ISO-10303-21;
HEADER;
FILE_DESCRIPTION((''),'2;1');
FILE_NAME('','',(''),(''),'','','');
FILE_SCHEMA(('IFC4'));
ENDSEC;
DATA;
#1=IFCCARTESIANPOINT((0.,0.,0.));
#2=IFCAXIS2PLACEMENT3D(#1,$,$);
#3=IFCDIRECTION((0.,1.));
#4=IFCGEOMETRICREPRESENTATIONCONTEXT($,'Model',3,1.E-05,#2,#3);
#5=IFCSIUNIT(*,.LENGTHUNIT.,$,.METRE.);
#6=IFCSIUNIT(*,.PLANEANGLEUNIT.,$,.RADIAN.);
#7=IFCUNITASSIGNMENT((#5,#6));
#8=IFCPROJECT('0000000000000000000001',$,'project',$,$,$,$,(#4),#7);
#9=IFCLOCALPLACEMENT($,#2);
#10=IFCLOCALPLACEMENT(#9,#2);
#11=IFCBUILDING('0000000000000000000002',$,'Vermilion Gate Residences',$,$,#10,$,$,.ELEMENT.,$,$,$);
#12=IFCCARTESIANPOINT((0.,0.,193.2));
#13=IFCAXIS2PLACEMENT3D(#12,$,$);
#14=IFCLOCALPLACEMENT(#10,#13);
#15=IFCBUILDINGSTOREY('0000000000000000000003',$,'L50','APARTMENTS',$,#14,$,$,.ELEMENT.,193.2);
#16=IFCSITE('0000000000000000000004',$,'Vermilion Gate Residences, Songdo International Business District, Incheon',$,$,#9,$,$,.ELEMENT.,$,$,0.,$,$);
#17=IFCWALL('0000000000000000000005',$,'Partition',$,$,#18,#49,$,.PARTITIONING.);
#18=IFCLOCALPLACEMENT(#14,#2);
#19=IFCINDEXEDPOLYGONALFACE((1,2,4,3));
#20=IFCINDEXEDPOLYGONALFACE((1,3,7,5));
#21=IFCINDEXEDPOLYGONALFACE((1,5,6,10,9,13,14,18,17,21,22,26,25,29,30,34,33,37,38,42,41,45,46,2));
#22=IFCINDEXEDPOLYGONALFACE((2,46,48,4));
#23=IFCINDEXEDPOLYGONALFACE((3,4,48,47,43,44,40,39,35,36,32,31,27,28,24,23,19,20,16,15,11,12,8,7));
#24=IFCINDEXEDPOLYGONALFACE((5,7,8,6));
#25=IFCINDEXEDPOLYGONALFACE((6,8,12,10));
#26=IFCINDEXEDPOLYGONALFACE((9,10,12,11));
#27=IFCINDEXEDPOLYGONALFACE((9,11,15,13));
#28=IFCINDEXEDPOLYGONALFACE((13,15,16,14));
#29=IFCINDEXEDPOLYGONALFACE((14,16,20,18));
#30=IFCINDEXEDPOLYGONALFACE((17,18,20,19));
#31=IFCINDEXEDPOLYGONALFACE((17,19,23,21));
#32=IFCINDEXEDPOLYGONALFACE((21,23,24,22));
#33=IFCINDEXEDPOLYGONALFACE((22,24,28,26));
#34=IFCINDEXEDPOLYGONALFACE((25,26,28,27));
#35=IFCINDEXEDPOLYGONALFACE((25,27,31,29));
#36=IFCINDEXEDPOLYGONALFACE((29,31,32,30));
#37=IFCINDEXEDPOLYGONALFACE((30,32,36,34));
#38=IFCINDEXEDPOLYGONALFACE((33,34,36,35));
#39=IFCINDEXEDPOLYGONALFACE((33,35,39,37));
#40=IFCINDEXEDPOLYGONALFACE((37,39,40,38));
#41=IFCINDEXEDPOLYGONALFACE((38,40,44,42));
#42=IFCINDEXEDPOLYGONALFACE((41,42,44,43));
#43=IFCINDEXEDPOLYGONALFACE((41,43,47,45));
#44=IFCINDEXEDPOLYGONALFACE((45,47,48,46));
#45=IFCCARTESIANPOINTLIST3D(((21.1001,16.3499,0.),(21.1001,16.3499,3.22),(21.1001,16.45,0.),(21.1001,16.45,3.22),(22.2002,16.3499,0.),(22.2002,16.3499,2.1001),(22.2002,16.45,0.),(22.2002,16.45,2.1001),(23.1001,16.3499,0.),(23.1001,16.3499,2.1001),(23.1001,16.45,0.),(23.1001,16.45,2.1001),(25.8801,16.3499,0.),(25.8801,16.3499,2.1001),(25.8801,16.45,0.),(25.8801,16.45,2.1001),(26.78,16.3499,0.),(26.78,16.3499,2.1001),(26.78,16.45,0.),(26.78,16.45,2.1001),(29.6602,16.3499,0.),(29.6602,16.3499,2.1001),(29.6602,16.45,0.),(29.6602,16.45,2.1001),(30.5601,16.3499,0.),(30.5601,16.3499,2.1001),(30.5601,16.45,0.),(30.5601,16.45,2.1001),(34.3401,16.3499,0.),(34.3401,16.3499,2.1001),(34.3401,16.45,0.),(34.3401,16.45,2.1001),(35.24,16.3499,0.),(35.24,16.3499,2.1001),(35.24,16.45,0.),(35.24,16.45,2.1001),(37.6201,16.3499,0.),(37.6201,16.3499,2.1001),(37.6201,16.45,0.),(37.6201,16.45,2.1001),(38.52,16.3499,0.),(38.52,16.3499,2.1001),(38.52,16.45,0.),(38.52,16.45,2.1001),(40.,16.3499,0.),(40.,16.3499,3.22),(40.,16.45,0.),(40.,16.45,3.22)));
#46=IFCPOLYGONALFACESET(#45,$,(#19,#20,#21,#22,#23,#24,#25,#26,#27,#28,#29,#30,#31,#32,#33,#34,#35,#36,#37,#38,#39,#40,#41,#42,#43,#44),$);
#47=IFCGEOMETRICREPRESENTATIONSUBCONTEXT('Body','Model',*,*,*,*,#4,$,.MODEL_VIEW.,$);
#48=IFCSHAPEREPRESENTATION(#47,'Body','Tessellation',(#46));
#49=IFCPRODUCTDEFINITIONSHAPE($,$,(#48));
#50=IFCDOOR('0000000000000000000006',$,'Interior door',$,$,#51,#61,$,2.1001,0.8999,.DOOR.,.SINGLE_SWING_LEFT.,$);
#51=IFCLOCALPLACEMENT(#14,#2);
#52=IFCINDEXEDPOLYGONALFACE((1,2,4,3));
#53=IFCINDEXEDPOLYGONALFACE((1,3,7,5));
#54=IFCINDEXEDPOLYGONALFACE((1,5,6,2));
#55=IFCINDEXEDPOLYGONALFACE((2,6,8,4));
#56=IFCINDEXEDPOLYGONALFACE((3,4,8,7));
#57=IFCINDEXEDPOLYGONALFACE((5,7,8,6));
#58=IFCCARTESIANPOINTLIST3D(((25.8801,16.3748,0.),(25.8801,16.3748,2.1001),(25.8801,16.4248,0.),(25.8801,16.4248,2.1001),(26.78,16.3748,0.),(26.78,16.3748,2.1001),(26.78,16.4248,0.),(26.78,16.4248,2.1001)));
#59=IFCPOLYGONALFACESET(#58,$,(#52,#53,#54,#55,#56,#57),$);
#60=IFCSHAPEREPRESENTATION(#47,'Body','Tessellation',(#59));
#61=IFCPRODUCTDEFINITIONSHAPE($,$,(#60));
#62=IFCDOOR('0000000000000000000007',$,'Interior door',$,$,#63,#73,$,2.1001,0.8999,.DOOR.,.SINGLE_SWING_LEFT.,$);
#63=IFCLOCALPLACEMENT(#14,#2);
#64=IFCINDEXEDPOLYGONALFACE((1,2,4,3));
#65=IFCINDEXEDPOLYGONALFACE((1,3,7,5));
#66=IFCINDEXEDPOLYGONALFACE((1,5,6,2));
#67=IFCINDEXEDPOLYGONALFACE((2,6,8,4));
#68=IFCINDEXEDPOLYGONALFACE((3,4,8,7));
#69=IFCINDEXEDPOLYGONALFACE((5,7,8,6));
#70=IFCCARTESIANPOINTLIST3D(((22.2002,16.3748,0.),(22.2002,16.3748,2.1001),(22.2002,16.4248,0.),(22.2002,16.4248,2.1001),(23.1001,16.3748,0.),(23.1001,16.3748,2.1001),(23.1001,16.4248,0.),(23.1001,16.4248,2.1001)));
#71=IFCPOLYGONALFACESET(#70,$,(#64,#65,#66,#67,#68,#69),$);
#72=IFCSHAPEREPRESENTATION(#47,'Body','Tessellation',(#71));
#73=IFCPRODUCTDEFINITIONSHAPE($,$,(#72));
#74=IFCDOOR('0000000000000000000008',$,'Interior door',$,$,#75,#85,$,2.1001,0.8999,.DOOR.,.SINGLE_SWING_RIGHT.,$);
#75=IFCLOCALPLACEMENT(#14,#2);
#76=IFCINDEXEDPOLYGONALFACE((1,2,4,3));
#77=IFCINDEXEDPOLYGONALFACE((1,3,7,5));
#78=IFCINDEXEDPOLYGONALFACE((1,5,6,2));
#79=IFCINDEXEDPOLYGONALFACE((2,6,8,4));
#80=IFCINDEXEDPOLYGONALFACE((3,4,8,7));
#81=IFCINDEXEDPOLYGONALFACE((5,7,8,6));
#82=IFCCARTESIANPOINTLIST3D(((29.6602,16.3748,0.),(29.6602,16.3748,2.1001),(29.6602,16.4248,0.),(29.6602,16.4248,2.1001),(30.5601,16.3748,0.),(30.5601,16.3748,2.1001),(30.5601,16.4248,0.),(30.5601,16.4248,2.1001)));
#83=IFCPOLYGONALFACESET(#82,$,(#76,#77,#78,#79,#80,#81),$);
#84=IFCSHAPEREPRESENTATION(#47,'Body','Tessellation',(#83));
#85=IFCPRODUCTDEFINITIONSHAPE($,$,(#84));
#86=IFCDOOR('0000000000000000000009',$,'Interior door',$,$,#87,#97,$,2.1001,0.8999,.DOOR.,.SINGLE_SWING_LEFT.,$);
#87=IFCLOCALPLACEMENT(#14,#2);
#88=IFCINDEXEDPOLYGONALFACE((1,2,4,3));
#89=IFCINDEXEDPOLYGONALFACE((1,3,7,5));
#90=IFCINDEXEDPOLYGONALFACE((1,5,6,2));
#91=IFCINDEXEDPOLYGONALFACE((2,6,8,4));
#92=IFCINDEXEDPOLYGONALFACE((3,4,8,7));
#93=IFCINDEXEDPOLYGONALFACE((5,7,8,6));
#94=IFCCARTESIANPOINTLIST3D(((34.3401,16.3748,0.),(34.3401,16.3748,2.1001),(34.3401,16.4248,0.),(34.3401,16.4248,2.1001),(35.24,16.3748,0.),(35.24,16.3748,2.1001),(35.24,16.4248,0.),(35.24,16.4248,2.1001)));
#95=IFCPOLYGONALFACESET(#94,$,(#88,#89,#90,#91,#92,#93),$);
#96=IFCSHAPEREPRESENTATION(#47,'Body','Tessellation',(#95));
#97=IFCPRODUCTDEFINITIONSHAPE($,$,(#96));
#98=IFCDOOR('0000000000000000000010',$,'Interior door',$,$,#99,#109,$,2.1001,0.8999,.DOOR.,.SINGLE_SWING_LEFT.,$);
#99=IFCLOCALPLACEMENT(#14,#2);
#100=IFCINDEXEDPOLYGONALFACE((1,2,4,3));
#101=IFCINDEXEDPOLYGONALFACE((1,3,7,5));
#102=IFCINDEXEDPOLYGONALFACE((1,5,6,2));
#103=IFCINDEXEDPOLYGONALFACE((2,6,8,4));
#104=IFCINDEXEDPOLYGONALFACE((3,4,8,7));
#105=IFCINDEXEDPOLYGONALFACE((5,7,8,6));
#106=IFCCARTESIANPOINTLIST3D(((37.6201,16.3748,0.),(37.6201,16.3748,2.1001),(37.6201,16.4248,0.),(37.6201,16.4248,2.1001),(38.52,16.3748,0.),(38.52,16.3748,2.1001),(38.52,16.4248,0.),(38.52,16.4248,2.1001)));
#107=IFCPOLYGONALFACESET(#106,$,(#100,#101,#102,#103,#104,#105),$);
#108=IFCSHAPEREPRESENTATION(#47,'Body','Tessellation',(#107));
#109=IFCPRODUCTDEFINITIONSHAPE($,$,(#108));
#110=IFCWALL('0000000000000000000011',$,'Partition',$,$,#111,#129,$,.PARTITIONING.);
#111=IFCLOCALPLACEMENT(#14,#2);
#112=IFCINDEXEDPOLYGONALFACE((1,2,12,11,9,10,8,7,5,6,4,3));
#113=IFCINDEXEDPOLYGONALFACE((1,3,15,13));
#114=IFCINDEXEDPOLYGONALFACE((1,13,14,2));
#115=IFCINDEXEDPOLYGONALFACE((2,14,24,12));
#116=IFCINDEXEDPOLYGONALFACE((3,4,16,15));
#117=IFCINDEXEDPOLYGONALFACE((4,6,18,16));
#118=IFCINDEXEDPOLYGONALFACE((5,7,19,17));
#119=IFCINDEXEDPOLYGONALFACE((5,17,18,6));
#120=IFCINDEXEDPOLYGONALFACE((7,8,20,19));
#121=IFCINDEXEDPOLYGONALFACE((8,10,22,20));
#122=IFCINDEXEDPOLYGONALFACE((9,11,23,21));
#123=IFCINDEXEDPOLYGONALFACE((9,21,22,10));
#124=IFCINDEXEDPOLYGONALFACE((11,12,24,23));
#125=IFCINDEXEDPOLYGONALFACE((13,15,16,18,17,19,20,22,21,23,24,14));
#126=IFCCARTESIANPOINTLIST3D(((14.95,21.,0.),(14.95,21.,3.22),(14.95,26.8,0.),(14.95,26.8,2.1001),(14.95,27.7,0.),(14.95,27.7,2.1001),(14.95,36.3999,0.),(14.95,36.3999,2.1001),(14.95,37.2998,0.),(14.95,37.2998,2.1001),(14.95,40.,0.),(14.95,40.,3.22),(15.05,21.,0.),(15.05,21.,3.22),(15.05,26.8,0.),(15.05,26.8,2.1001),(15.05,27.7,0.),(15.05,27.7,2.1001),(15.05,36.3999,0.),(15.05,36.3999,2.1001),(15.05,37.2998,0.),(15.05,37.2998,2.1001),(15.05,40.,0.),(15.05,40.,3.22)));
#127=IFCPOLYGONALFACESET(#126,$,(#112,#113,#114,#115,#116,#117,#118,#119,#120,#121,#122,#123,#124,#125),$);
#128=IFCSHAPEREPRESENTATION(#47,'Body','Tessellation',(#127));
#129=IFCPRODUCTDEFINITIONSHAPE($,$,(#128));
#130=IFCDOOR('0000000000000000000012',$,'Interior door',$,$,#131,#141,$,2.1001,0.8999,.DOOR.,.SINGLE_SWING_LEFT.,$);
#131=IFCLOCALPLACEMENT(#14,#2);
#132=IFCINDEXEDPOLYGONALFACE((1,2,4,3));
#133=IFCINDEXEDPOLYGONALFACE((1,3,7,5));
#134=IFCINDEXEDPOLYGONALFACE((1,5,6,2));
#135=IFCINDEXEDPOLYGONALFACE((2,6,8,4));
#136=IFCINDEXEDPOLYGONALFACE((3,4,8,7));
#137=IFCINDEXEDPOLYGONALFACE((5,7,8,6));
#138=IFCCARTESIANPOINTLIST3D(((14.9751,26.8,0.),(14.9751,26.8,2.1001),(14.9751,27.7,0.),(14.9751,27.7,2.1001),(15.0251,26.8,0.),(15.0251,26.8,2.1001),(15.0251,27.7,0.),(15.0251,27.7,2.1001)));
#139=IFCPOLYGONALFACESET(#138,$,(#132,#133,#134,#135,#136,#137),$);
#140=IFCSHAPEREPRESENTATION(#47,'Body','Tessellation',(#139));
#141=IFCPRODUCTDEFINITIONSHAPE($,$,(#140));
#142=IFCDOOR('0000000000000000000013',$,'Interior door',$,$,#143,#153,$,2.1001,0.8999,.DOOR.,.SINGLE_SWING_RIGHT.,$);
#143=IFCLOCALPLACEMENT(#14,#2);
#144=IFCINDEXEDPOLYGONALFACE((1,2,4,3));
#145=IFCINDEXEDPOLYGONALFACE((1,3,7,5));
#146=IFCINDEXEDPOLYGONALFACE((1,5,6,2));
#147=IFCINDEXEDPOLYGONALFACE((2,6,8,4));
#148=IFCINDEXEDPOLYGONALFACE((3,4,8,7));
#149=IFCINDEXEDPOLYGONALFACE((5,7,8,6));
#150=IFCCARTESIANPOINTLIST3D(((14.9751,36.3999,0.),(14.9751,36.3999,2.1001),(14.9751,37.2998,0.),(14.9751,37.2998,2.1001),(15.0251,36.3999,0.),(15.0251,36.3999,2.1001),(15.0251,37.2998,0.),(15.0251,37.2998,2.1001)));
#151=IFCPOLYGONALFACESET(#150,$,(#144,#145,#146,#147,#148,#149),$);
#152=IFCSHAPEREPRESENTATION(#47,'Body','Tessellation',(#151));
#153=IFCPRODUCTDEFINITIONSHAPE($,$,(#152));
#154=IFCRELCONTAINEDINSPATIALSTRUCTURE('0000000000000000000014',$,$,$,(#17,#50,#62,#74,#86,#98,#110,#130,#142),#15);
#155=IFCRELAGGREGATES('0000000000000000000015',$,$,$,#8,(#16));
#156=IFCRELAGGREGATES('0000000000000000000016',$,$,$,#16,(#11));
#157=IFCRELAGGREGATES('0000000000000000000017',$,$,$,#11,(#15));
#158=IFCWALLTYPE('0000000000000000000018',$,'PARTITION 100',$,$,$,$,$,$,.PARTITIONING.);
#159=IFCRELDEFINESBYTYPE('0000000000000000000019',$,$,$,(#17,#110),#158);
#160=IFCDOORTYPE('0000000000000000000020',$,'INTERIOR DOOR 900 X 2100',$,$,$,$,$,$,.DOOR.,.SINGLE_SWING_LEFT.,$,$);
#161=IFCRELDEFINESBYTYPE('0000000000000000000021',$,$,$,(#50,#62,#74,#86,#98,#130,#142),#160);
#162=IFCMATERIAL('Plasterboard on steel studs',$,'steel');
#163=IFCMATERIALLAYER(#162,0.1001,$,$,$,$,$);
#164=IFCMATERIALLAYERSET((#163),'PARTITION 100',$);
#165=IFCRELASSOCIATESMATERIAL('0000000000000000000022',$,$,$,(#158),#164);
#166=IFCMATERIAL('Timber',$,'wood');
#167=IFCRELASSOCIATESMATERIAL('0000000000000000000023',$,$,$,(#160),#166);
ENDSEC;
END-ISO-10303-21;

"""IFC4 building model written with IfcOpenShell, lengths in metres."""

from ifc_helpers import new_model, si_unit, direction, frame, frame_2d, origin, place, context, subcontext, project, spatial, rectangle, extrude, material, layer, layer_set, type_object, element, fill, save


model = new_model("IFC4")

# Units and contexts
model_context = context("Model", 3, precision=1e-05, world=origin(), true_north=direction((0.0, 1.0)))
body_context = subcontext(model_context, "Body", "Model", "MODEL_VIEW")
ifc_project = project(units=[si_unit("LENGTHUNIT", "METRE"), si_unit("PLANEANGLEUNIT", "RADIAN")], contexts=[model_context])

# Site, building, storey
site_placement = place(None, origin())
site = spatial("IfcSite", under=ifc_project, at=site_placement, Name="Vermilion Gate Residences, Songdo International Business District, Incheon", CompositionType="ELEMENT", RefElevation=0.0)
building_placement = place(site_placement, origin())
building = spatial("IfcBuilding", under=site, at=building_placement, Name="Vermilion Gate Residences", CompositionType="ELEMENT")
storey_placement = place(building_placement, frame((0.0, 0.0, 193.2)))
storey = spatial("IfcBuildingStorey", under=building, at=storey_placement, Name="L50", Description="APARTMENTS", CompositionType="ELEMENT", Elevation=193.2)

# Walls, openings, doors
ifc_material_1 = material(Name="Plasterboard on steel studs", Category="steel")
ifc_layer_1 = layer(ifc_material_1, 0.1001)
ifc_layer_set_1 = layer_set([ifc_layer_1], Name="PARTITION 100")
wall_type_1 = type_object("IfcWallType", Name="PARTITION 100", PredefinedType="PARTITIONING", material=ifc_layer_set_1)
ifc_material_2 = material(Name="Timber", Category="wood")
door_type_1 = type_object("IfcDoorType", Name="INTERIOR DOOR 900 X 2100", OperationType="SINGLE_SWING_LEFT", PredefinedType="DOOR", material=ifc_material_2)
wall_1_placement = place(storey_placement, frame((21.1001, 16.3999, 0.0), z_axis=(0.0, 0.0, 1.0), x_axis=(1.0, 0.0, 0.0)))
wall_1 = element("IfcWall", 1, at=wall_1_placement, inside=storey, type_object=wall_type_1, Name="Partition", PredefinedType="PARTITIONING", context=body_context, shape_type="SweptSolid", body=[
    extrude(rectangle(XDim=18.8999, YDim=0.1001, at=frame_2d((9.45, 0.0))), origin(), (0.0, 0.0, 1.0), 3.22),
])
opening_1_placement = place(wall_1_placement, frame((4.78, 0.0, 0.0)))
opening_1 = element("IfcOpeningElement", 2, at=opening_1_placement, cuts=wall_1, PredefinedType="OPENING", context=body_context, shape_type="SweptSolid", body=[
    extrude(rectangle(XDim=0.8999, YDim=2.1001, at=frame_2d((0.45, 1.05))), frame((0.0, 0.0601, 0.0), z_axis=(0.0, -1.0, 0.0), x_axis=(1.0, 0.0, 0.0)), (0.0, 0.0, 1.0), 0.1201),
])
opening_2_placement = place(wall_1_placement, frame((1.1001, 0.0, 0.0)))
opening_2 = element("IfcOpeningElement", 3, at=opening_2_placement, cuts=wall_1, PredefinedType="OPENING", context=body_context, shape_type="SweptSolid", body=[
    extrude(rectangle(XDim=0.8999, YDim=2.1001, at=frame_2d((0.45, 1.05))), frame((0.0, 0.0601, 0.0), z_axis=(0.0, -1.0, 0.0), x_axis=(1.0, 0.0, 0.0)), (0.0, 0.0, 1.0), 0.1201),
])
opening_3_placement = place(wall_1_placement, frame((8.5601, 0.0, 0.0)))
opening_3 = element("IfcOpeningElement", 4, at=opening_3_placement, cuts=wall_1, PredefinedType="OPENING", context=body_context, shape_type="SweptSolid", body=[
    extrude(rectangle(XDim=0.8999, YDim=2.1001, at=frame_2d((0.45, 1.05))), frame((0.0, 0.0601, 0.0), z_axis=(0.0, -1.0, 0.0), x_axis=(1.0, 0.0, 0.0)), (0.0, 0.0, 1.0), 0.1201),
])
opening_4_placement = place(wall_1_placement, frame((13.24, 0.0, 0.0)))
opening_4 = element("IfcOpeningElement", 5, at=opening_4_placement, cuts=wall_1, PredefinedType="OPENING", context=body_context, shape_type="SweptSolid", body=[
    extrude(rectangle(XDim=0.8999, YDim=2.1001, at=frame_2d((0.45, 1.05))), frame((0.0, 0.0601, 0.0), z_axis=(0.0, -1.0, 0.0), x_axis=(1.0, 0.0, 0.0)), (0.0, 0.0, 1.0), 0.1201),
])
opening_5_placement = place(wall_1_placement, frame((16.52, 0.0, 0.0)))
opening_5 = element("IfcOpeningElement", 6, at=opening_5_placement, cuts=wall_1, PredefinedType="OPENING", context=body_context, shape_type="SweptSolid", body=[
    extrude(rectangle(XDim=0.8999, YDim=2.1001, at=frame_2d((0.45, 1.05))), frame((0.0, 0.0601, 0.0), z_axis=(0.0, -1.0, 0.0), x_axis=(1.0, 0.0, 0.0)), (0.0, 0.0, 1.0), 0.1201),
])
door_1_placement = place(opening_1_placement, origin())
door_1 = element("IfcDoor", 7, at=door_1_placement, inside=storey, type_object=door_type_1, Name="Interior door", OperationType="SINGLE_SWING_LEFT", OverallHeight=2.1001, OverallWidth=0.8999, PredefinedType="DOOR", context=body_context, shape_type="SweptSolid", body=[
    extrude(rectangle(XDim=0.8999, YDim=2.1001, at=frame_2d((0.45, 1.05))), frame((0.0, 0.0249, 0.0), z_axis=(0.0, -1.0, 0.0), x_axis=(1.0, 0.0, 0.0)), (0.0, 0.0, 1.0), 0.05),
])
fill(opening_1, door_1)
door_2_placement = place(opening_2_placement, origin())
door_2 = element("IfcDoor", 8, at=door_2_placement, inside=storey, type_object=door_type_1, Name="Interior door", OperationType="SINGLE_SWING_LEFT", OverallHeight=2.1001, OverallWidth=0.8999, PredefinedType="DOOR", context=body_context, shape_type="SweptSolid", body=[
    extrude(rectangle(XDim=0.8999, YDim=2.1001, at=frame_2d((0.45, 1.05))), frame((0.0, 0.0249, 0.0), z_axis=(0.0, -1.0, 0.0), x_axis=(1.0, 0.0, 0.0)), (0.0, 0.0, 1.0), 0.05),
])
fill(opening_2, door_2)
door_3_placement = place(opening_3_placement, origin())
door_3 = element("IfcDoor", 9, at=door_3_placement, inside=storey, type_object=door_type_1, Name="Interior door", OperationType="SINGLE_SWING_RIGHT", OverallHeight=2.1001, OverallWidth=0.8999, PredefinedType="DOOR", context=body_context, shape_type="SweptSolid", body=[
    extrude(rectangle(XDim=0.8999, YDim=2.1001, at=frame_2d((0.45, 1.05))), frame((0.0, 0.0249, 0.0), z_axis=(0.0, -1.0, 0.0), x_axis=(1.0, 0.0, 0.0)), (0.0, 0.0, 1.0), 0.05),
])
fill(opening_3, door_3)
door_4_placement = place(opening_4_placement, origin())
door_4 = element("IfcDoor", 10, at=door_4_placement, inside=storey, type_object=door_type_1, Name="Interior door", OperationType="SINGLE_SWING_LEFT", OverallHeight=2.1001, OverallWidth=0.8999, PredefinedType="DOOR", context=body_context, shape_type="SweptSolid", body=[
    extrude(rectangle(XDim=0.8999, YDim=2.1001, at=frame_2d((0.45, 1.05))), frame((0.0, 0.0249, 0.0), z_axis=(0.0, -1.0, 0.0), x_axis=(1.0, 0.0, 0.0)), (0.0, 0.0, 1.0), 0.05),
])
fill(opening_4, door_4)
door_5_placement = place(opening_5_placement, origin())
door_5 = element("IfcDoor", 11, at=door_5_placement, inside=storey, type_object=door_type_1, Name="Interior door", OperationType="SINGLE_SWING_LEFT", OverallHeight=2.1001, OverallWidth=0.8999, PredefinedType="DOOR", context=body_context, shape_type="SweptSolid", body=[
    extrude(rectangle(XDim=0.8999, YDim=2.1001, at=frame_2d((0.45, 1.05))), frame((0.0, 0.0249, 0.0), z_axis=(0.0, -1.0, 0.0), x_axis=(1.0, 0.0, 0.0)), (0.0, 0.0, 1.0), 0.05),
])
fill(opening_5, door_5)
wall_2_placement = place(storey_placement, frame((15.0, 21.0, 0.0), z_axis=(0.0, 0.0, 1.0), x_axis=(0.0, 1.0, 0.0)))
wall_2 = element("IfcWall", 12, at=wall_2_placement, inside=storey, type_object=wall_type_1, Name="Partition", PredefinedType="PARTITIONING", context=body_context, shape_type="SweptSolid", body=[
    extrude(rectangle(XDim=19.0, YDim=0.1001, at=frame_2d((9.5, 0.0))), origin(), (0.0, 0.0, 1.0), 3.22),
])
opening_6_placement = place(wall_2_placement, frame((5.8, 0.0, 0.0)))
opening_6 = element("IfcOpeningElement", 13, at=opening_6_placement, cuts=wall_2, PredefinedType="OPENING", context=body_context, shape_type="SweptSolid", body=[
    extrude(rectangle(XDim=0.8999, YDim=2.1001, at=frame_2d((0.45, 1.05))), frame((0.0, 0.0601, 0.0), z_axis=(0.0, -1.0, 0.0), x_axis=(1.0, 0.0, 0.0)), (0.0, 0.0, 1.0), 0.1201),
])
opening_7_placement = place(wall_2_placement, frame((15.3999, 0.0, 0.0)))
opening_7 = element("IfcOpeningElement", 14, at=opening_7_placement, cuts=wall_2, PredefinedType="OPENING", context=body_context, shape_type="SweptSolid", body=[
    extrude(rectangle(XDim=0.8999, YDim=2.1001, at=frame_2d((0.45, 1.05))), frame((0.0, 0.0601, 0.0), z_axis=(0.0, -1.0, 0.0), x_axis=(1.0, 0.0, 0.0)), (0.0, 0.0, 1.0), 0.1201),
])
door_6_placement = place(opening_6_placement, origin())
door_6 = element("IfcDoor", 15, at=door_6_placement, inside=storey, type_object=door_type_1, Name="Interior door", OperationType="SINGLE_SWING_LEFT", OverallHeight=2.1001, OverallWidth=0.8999, PredefinedType="DOOR", context=body_context, shape_type="SweptSolid", body=[
    extrude(rectangle(XDim=0.8999, YDim=2.1001, at=frame_2d((0.45, 1.05))), frame((0.0, 0.0249, 0.0), z_axis=(0.0, -1.0, 0.0), x_axis=(1.0, 0.0, 0.0)), (0.0, 0.0, 1.0), 0.05),
])
fill(opening_6, door_6)
door_7_placement = place(opening_7_placement, origin())
door_7 = element("IfcDoor", 16, at=door_7_placement, inside=storey, type_object=door_type_1, Name="Interior door", OperationType="SINGLE_SWING_RIGHT", OverallHeight=2.1001, OverallWidth=0.8999, PredefinedType="DOOR", context=body_context, shape_type="SweptSolid", body=[
    extrude(rectangle(XDim=0.8999, YDim=2.1001, at=frame_2d((0.45, 1.05))), frame((0.0, 0.0249, 0.0), z_axis=(0.0, -1.0, 0.0), x_axis=(1.0, 0.0, 0.0)), (0.0, 0.0, 1.0), 0.05),
])
fill(opening_7, door_7)

save(model, "model.ifc")
